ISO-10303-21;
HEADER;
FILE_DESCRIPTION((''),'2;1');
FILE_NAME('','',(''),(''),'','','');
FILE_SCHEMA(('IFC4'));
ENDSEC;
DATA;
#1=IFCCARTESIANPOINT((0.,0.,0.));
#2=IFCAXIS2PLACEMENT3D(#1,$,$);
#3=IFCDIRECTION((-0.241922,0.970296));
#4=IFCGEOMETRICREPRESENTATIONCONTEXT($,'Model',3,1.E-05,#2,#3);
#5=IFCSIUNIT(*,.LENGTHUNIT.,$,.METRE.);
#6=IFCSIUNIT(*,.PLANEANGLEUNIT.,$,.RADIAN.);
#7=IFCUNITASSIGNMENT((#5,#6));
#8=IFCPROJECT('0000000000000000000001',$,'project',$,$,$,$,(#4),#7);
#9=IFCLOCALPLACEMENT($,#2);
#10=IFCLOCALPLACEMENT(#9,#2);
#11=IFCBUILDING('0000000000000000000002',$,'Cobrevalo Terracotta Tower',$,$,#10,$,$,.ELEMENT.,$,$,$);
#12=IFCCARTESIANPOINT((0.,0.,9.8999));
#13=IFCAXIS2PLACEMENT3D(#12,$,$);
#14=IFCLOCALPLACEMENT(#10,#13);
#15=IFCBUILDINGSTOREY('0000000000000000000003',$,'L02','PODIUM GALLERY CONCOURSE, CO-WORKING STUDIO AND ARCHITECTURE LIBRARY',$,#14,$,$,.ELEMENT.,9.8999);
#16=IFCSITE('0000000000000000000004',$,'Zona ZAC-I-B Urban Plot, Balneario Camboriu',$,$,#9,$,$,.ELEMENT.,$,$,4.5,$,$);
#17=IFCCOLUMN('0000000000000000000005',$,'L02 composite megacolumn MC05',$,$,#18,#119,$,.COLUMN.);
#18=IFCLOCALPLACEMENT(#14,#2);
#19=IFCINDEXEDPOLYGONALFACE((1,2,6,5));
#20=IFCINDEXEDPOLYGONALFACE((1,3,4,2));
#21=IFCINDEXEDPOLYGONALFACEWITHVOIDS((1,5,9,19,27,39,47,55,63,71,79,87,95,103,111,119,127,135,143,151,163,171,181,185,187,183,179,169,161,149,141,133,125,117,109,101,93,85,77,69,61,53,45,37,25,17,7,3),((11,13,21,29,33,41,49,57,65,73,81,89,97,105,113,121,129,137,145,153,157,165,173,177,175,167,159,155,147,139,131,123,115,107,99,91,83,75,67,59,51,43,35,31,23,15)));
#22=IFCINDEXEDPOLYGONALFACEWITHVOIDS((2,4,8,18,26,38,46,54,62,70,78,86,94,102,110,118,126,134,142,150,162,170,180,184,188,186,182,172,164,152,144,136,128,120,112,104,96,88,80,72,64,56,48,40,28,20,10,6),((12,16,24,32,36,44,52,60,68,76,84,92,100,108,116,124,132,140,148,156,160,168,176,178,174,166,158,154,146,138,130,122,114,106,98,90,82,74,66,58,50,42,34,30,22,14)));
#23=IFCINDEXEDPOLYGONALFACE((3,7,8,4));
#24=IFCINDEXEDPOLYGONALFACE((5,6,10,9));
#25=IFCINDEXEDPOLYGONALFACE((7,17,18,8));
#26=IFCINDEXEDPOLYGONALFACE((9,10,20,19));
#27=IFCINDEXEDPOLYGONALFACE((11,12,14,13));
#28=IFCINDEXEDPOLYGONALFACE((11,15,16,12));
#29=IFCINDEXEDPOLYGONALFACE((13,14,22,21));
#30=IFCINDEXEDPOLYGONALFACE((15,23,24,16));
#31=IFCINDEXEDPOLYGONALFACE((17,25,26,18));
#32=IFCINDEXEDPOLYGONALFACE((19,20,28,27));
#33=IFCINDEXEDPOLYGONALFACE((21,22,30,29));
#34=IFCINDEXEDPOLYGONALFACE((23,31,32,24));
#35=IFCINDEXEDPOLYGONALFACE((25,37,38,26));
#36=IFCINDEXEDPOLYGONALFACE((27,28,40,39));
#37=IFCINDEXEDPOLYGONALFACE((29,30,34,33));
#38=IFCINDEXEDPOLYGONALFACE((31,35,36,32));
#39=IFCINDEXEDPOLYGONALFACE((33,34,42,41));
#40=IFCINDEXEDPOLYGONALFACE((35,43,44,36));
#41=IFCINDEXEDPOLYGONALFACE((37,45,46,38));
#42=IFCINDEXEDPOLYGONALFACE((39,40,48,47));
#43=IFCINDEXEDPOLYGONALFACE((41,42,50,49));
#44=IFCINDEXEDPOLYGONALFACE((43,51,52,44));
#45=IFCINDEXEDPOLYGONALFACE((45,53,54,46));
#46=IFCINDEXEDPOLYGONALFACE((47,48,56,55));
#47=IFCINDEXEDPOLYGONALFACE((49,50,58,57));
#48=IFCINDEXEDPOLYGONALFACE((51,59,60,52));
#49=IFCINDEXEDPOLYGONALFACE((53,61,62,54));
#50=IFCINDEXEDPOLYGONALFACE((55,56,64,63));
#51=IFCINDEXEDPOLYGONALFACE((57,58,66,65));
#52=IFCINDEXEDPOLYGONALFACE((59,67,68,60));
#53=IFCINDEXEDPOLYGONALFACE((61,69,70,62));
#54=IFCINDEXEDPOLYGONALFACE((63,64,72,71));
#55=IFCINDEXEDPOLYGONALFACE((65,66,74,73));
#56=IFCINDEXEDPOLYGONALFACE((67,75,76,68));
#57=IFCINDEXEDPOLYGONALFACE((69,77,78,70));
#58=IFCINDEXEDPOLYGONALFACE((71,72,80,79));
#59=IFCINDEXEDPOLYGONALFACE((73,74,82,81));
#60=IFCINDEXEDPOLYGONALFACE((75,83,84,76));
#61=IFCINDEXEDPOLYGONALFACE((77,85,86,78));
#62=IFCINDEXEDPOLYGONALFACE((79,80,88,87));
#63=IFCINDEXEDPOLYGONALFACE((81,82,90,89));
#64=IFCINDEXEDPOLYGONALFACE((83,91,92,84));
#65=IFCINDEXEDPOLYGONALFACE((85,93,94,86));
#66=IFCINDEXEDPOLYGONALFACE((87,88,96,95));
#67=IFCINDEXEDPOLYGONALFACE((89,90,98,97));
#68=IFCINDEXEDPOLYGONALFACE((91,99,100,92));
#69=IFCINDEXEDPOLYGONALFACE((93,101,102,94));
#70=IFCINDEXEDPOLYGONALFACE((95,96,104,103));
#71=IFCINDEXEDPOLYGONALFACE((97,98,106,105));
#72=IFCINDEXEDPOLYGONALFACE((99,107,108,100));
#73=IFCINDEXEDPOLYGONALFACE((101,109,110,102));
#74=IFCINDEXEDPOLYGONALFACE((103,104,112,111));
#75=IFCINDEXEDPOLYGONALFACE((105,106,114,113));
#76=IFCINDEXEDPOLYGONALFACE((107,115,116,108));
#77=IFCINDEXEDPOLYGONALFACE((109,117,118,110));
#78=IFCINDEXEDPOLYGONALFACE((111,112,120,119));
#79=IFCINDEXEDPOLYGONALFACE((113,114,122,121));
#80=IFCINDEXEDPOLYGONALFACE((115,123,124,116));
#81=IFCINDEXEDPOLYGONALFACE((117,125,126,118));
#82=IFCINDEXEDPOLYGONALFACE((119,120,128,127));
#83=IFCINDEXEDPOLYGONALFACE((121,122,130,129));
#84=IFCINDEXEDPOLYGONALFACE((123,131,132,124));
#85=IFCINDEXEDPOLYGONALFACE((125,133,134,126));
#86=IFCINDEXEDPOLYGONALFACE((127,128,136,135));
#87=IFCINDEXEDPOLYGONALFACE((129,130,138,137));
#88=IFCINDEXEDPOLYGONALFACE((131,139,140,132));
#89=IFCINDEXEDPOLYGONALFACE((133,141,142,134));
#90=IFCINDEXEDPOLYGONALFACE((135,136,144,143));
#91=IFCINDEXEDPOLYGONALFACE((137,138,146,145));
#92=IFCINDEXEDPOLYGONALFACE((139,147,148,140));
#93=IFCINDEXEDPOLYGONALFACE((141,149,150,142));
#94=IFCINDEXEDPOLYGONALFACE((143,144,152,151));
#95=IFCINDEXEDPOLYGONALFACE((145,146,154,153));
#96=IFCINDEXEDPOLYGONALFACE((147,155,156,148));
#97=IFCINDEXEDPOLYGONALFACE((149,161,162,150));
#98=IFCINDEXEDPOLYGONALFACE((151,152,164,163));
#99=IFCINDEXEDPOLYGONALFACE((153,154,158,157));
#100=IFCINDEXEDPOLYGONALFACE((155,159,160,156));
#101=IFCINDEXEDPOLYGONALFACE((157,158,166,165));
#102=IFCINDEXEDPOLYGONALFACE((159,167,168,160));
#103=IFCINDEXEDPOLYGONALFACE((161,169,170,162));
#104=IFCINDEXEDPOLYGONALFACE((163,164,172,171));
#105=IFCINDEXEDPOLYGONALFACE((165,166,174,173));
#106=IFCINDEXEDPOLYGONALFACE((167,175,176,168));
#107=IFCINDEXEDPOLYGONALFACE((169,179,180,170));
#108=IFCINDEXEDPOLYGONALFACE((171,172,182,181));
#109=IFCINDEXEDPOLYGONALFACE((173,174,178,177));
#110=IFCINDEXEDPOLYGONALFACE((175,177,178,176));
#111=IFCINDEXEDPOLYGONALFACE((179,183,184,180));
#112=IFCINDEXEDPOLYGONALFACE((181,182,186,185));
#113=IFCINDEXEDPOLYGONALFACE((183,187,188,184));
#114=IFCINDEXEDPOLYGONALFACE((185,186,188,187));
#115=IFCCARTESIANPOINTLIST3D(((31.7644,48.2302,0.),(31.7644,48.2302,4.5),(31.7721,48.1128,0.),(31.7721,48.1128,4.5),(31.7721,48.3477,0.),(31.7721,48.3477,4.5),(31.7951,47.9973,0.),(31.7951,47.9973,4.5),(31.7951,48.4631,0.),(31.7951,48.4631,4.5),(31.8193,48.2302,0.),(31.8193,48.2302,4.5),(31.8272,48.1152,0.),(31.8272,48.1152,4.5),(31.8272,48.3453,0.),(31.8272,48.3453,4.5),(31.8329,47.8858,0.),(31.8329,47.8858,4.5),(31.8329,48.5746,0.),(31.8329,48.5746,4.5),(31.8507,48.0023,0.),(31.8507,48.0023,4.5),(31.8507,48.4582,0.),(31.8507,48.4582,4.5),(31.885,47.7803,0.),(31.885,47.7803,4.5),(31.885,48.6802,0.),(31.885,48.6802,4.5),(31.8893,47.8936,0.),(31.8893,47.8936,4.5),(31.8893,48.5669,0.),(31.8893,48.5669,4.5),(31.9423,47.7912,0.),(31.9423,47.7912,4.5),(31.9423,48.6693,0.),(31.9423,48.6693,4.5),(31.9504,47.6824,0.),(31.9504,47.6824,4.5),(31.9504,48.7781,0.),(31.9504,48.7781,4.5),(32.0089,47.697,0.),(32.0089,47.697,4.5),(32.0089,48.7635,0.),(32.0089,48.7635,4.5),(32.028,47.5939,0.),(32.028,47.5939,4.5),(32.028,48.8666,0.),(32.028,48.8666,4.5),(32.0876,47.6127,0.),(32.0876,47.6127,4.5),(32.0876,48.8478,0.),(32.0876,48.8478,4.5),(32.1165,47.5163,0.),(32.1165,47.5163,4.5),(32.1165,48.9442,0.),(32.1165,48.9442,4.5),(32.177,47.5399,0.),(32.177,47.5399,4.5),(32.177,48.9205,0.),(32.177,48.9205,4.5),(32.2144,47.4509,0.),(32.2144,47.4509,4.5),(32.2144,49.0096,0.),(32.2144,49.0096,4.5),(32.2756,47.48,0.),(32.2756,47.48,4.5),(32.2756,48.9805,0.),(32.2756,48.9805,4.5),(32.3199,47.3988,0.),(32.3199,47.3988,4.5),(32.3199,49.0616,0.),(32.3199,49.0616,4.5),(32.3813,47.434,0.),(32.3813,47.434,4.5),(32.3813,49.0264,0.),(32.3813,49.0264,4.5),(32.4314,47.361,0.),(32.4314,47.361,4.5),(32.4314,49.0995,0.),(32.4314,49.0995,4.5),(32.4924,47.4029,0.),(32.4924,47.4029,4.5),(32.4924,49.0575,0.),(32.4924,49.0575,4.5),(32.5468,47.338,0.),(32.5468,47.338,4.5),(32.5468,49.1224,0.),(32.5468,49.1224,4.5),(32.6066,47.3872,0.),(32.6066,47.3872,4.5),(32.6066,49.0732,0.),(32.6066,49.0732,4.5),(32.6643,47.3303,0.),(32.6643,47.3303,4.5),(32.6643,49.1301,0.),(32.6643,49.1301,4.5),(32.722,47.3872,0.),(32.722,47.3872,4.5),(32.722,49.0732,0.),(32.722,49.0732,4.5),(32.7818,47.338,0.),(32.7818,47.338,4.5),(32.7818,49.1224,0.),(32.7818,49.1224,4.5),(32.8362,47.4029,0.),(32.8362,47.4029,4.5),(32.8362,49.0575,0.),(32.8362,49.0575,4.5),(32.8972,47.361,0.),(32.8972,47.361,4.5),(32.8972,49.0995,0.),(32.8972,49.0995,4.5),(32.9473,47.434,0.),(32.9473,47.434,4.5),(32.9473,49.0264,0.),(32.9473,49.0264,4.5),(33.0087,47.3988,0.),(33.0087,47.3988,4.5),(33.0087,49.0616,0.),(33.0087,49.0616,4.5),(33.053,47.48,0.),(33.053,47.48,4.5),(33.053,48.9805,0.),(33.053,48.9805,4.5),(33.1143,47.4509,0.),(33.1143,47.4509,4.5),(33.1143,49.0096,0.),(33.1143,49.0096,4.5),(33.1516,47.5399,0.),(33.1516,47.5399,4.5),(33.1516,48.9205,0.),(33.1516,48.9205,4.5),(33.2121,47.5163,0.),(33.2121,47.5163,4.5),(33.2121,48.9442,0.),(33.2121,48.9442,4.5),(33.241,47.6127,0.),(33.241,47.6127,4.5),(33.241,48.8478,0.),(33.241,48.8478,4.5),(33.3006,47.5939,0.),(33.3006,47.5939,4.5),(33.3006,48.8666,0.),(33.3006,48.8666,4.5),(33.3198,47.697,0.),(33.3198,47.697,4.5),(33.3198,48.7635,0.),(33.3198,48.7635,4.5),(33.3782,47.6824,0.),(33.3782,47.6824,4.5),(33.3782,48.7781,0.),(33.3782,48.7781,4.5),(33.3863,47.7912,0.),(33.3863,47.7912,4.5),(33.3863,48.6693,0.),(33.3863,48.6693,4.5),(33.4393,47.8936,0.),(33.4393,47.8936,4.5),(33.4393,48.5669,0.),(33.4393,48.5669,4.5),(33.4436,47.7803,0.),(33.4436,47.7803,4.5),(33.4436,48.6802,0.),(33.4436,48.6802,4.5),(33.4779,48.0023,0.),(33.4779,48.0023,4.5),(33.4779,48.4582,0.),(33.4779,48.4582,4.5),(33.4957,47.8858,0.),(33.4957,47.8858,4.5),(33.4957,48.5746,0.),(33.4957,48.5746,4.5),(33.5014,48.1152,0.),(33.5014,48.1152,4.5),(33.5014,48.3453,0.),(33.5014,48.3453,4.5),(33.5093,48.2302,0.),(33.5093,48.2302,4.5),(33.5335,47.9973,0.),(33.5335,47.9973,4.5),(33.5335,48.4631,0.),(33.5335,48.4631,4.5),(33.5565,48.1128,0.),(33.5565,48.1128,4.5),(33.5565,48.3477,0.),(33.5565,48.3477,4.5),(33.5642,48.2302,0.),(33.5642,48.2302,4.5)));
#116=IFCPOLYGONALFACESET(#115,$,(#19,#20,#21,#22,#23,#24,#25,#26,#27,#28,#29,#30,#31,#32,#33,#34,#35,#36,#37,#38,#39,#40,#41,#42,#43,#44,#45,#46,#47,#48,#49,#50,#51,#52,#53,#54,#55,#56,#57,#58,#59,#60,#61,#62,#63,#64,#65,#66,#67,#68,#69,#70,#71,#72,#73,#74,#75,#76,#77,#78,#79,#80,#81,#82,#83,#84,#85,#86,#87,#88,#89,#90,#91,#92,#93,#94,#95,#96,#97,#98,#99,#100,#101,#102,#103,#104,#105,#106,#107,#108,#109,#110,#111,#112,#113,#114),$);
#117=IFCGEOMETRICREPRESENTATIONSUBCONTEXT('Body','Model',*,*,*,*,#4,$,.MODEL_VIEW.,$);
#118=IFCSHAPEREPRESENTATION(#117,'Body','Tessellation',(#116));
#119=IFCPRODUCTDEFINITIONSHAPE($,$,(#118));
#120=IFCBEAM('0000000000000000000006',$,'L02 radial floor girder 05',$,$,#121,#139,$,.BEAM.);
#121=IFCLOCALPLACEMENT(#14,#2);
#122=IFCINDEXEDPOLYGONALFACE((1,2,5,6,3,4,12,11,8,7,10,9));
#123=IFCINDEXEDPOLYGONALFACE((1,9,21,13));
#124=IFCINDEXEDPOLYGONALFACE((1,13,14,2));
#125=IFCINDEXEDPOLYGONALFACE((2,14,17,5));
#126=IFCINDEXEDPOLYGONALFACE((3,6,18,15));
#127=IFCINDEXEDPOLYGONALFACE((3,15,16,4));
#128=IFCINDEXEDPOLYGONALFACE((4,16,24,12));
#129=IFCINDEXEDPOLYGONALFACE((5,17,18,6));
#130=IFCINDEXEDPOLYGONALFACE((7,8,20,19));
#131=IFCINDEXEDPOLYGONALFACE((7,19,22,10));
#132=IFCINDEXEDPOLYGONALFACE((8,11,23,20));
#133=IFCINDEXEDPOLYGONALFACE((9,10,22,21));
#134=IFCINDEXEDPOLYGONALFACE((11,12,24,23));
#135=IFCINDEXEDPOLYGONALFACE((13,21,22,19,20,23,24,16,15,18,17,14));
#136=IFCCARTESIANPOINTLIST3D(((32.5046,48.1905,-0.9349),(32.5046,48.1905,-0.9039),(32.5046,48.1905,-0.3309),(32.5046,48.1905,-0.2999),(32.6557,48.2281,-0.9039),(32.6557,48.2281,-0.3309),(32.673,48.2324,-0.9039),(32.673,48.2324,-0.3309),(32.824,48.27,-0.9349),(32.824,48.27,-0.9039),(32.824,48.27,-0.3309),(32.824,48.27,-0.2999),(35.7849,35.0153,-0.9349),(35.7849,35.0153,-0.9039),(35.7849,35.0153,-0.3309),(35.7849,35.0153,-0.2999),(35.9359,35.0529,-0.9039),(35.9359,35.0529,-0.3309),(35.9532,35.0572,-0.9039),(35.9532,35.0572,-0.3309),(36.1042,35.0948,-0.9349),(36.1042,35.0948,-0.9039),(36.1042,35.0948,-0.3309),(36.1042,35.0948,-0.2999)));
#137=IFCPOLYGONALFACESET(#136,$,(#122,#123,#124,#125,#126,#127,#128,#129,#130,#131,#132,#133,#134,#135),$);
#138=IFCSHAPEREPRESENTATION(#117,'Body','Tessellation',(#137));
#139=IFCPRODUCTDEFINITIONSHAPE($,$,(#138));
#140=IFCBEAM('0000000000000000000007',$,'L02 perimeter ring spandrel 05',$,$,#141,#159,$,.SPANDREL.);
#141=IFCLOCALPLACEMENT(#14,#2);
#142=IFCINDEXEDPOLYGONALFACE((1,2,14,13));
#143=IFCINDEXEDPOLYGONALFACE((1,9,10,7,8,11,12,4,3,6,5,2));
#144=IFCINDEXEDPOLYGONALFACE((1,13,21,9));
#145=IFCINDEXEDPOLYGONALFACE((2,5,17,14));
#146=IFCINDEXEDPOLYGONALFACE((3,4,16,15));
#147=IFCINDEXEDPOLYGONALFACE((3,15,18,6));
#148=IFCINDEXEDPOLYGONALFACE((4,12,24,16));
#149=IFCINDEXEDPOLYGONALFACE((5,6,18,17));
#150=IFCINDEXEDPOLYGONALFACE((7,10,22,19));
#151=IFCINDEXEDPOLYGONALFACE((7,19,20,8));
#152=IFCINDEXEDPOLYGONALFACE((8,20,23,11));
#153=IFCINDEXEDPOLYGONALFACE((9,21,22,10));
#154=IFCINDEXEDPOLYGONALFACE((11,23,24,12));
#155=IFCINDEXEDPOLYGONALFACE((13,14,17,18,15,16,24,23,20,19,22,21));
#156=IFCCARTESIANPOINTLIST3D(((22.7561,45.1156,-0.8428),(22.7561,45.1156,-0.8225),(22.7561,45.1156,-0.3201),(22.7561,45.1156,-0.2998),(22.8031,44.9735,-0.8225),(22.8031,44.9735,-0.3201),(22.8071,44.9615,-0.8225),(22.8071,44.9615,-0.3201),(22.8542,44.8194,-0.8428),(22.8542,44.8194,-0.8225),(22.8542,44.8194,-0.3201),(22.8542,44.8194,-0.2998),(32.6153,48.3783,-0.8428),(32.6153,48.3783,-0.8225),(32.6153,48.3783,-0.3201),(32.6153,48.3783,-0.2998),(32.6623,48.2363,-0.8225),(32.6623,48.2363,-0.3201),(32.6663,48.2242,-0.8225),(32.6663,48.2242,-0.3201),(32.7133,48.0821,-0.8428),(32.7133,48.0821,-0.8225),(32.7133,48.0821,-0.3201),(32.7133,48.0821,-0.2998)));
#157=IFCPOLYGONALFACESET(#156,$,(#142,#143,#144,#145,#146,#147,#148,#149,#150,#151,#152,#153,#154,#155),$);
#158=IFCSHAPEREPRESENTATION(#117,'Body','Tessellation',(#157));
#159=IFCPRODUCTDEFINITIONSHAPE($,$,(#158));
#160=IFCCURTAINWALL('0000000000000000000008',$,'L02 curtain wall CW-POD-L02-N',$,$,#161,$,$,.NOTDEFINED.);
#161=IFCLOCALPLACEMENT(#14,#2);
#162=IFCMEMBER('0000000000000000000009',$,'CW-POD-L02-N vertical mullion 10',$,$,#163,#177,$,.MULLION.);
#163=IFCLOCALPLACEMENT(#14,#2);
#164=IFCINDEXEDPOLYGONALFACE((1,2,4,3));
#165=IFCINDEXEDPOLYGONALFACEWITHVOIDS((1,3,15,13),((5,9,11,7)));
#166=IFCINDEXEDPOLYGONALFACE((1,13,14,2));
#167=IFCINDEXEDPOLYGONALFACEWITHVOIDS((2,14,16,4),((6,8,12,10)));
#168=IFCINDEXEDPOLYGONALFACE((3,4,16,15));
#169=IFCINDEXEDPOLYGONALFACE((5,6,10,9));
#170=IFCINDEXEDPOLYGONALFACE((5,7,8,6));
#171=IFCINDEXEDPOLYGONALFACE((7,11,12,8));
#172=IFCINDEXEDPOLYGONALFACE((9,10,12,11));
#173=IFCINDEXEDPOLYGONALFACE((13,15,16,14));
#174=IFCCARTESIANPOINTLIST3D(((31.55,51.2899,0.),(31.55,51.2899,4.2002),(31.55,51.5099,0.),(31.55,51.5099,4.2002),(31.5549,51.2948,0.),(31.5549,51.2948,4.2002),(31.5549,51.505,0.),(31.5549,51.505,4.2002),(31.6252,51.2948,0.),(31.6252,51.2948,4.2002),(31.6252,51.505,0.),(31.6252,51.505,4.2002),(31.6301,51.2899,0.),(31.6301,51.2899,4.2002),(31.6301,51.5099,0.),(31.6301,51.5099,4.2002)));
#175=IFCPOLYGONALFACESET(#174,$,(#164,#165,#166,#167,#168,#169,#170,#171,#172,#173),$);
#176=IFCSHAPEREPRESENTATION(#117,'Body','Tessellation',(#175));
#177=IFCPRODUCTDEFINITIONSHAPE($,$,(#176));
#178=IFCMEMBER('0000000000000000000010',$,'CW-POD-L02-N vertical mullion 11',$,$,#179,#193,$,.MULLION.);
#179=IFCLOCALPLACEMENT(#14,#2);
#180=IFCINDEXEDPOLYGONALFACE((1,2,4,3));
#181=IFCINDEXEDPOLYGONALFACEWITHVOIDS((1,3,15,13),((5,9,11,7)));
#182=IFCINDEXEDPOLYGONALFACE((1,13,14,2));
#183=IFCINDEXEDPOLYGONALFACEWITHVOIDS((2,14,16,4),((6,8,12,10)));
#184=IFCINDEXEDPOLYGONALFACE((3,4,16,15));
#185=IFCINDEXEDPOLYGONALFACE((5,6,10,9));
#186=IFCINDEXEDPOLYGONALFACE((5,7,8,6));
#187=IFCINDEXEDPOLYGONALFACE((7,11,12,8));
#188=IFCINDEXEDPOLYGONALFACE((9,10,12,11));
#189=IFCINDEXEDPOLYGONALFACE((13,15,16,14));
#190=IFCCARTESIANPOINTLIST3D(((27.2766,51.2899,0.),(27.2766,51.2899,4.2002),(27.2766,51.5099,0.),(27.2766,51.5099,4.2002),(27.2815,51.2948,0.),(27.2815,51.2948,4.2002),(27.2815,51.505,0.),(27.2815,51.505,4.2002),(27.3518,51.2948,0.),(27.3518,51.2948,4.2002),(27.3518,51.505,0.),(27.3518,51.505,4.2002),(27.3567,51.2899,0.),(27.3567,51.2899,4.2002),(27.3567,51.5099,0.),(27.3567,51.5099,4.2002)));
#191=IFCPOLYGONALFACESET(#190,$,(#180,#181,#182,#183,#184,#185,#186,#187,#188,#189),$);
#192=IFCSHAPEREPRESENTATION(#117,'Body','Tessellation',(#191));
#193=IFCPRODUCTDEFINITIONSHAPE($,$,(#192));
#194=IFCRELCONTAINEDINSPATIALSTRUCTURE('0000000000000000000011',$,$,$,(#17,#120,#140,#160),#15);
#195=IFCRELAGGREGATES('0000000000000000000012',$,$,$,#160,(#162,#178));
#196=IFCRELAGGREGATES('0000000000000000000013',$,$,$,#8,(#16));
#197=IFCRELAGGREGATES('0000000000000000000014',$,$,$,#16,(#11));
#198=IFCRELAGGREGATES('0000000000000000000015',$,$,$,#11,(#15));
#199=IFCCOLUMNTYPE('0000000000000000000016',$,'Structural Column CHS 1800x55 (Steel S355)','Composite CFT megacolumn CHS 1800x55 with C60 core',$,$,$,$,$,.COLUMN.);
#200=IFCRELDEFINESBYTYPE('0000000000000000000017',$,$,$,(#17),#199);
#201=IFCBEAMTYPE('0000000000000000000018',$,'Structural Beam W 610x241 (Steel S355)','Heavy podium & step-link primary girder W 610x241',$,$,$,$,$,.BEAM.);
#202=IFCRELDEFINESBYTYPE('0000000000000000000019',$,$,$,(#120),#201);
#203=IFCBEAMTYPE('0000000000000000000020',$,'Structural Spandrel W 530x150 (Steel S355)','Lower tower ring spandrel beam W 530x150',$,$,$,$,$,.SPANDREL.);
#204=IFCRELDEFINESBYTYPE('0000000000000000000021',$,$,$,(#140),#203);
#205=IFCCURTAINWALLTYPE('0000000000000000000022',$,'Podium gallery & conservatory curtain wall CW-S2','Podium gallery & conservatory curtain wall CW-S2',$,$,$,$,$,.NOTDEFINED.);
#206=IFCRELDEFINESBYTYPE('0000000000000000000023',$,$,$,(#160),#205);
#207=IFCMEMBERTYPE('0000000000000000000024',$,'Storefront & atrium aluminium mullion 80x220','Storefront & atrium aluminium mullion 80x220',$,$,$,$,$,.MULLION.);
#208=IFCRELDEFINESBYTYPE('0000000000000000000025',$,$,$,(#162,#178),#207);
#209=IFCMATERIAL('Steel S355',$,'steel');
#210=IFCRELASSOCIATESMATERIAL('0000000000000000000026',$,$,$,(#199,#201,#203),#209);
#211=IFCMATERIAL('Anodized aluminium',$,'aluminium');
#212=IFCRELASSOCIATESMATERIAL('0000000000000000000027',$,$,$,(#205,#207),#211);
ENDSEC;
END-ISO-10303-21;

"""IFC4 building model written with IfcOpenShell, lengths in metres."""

from ifc_helpers import new_model, si_unit, direction, frame, origin, origin_2d, place, context, subcontext, project, spatial, hollow_rectangle, hollow_circle, i_section, extrude, source, transform, mapped, material, material_profile, profile_set, type_object, element, aggregate, save


model = new_model("IFC4")

# Units and contexts
model_context = context("Model", 3, precision=1e-05, world=origin(), true_north=direction((-0.241922, 0.970296)))
body_context = subcontext(model_context, "Body", "Model", "MODEL_VIEW")
ifc_project = project(units=[si_unit("LENGTHUNIT", "METRE"), si_unit("PLANEANGLEUNIT", "RADIAN")], contexts=[model_context])

# Site, building, storey
site_placement = place(None, origin())
site = spatial("IfcSite", under=ifc_project, at=site_placement, Name="Zona ZAC-I-B Urban Plot, Balneario Camboriu", CompositionType="ELEMENT", RefElevation=4.5)
building_placement = place(site_placement, origin())
building = spatial("IfcBuilding", under=site, at=building_placement, Name="Cobrevalo Terracotta Tower", CompositionType="ELEMENT")
storey_placement = place(building_placement, frame((0.0, 0.0, 9.8999)))
storey = spatial("IfcBuildingStorey", under=building, at=storey_placement, Name="L02", Description="PODIUM GALLERY CONCOURSE, CO-WORKING STUDIO AND ARCHITECTURE LIBRARY", CompositionType="ELEMENT", Elevation=9.8999)

# Column
ifc_material_1 = material(Name="Steel S355", Category="steel")
ifc_material_profile_1 = material_profile(ifc_material_1, hollow_circle(Radius=0.8999, WallThickness=0.0549, at=origin_2d()), Name="CHS 1800x55")
ifc_profile_set_1 = profile_set([ifc_material_profile_1], Name="Steel S355")
column_type = type_object("IfcColumnType", Name="Structural Column CHS 1800x55 (Steel S355)", Description="Composite CFT megacolumn CHS 1800x55 with C60 core", PredefinedType="COLUMN", material=ifc_profile_set_1)
column_placement = place(storey_placement, frame((32.6643, 48.2302, 0.0), z_axis=(0.0, 0.0, 1.0), x_axis=(1.0, 0.0, 0.0)))
element("IfcColumn", 1, at=column_placement, inside=storey, type_object=column_type, Name="L02 composite megacolumn MC05", PredefinedType="COLUMN", context=body_context, shape_type="SweptSolid", body=[
    extrude(hollow_circle(Radius=0.8999, WallThickness=0.0549, at=origin_2d()), origin(), (0.0, 0.0, 1.0), 4.5),
])

# Beams
ifc_material_profile_2 = material_profile(ifc_material_1, i_section(OverallWidth=0.3291, OverallDepth=0.635, WebThickness=0.0178, FlangeThickness=0.031, at=origin_2d()), Name="W 610x241")
ifc_profile_set_2 = profile_set([ifc_material_profile_2], Name="Steel S355")
beam_type_1 = type_object("IfcBeamType", Name="Structural Beam W 610x241 (Steel S355)", Description="Heavy podium & step-link primary girder W 610x241", PredefinedType="BEAM", material=ifc_profile_set_2)
beam_1_placement = place(storey_placement, frame((32.6643, 48.2302, -0.6174), z_axis=(0.241596, -0.970377, 0.0), x_axis=(0.970377, 0.241596, 0.0)))
element("IfcBeam", 2, at=beam_1_placement, inside=storey, type_object=beam_type_1, Name="L02 radial floor girder 05", PredefinedType="BEAM", context=body_context, shape_type="SweptSolid", body=[
    extrude(i_section(OverallWidth=0.3291, OverallDepth=0.635, WebThickness=0.0178, FlangeThickness=0.031, at=origin_2d()), origin(), (0.0, 0.0, 1.0), 13.5774),
])
ifc_material_profile_3 = material_profile(ifc_material_1, i_section(OverallWidth=0.312, OverallDepth=0.543, WebThickness=0.0127, FlangeThickness=0.0203, at=origin_2d()), Name="W 530x150")
ifc_profile_set_3 = profile_set([ifc_material_profile_3], Name="Steel S355")
beam_type_2 = type_object("IfcBeamType", Name="Structural Spandrel W 530x150 (Steel S355)", Description="Lower tower ring spandrel beam W 530x150", PredefinedType="SPANDREL", material=ifc_profile_set_3)
beam_2_placement = place(storey_placement, frame((32.6643, 48.2302, -0.5713), z_axis=(-0.949365, -0.314175, 0.0), x_axis=(0.314175, -0.949365, 0.0)))
element("IfcBeam", 3, at=beam_2_placement, inside=storey, type_object=beam_type_2, Name="L02 perimeter ring spandrel 05", PredefinedType="SPANDREL", context=body_context, shape_type="SweptSolid", body=[
    extrude(i_section(OverallWidth=0.312, OverallDepth=0.543, WebThickness=0.0127, FlangeThickness=0.0203, at=origin_2d()), origin(), (0.0, 0.0, 1.0), 10.385),
])

# Curtain wall, members
ifc_material_2 = material(Name="Anodized aluminium", Category="aluminium")
curtain_wall_type = type_object("IfcCurtainWallType", Name="Podium gallery & conservatory curtain wall CW-S2", Description="Podium gallery & conservatory curtain wall CW-S2", PredefinedType="NOTDEFINED", material=ifc_material_2)
curtain_wall_placement = place(storey_placement, origin())
curtain_wall = element("IfcCurtainWall", 4, at=curtain_wall_placement, inside=storey, type_object=curtain_wall_type, Name="L02 curtain wall CW-POD-L02-N", PredefinedType="NOTDEFINED")
ifc_material_profile_4 = material_profile(ifc_material_2, hollow_rectangle(XDim=0.0801, YDim=0.22, WallThickness=0.0049, at=origin_2d()), Name="CWM 80x220")
ifc_profile_set_4 = profile_set([ifc_material_profile_4], Name="Anodized aluminium")
member_type_1 = type_object("IfcMemberType", Name="Storefront & atrium aluminium mullion 80x220", Description="Storefront & atrium aluminium mullion 80x220", PredefinedType="MULLION", material=ifc_profile_set_4)
shared_shape_1 = source(origin(), body_context, "Body", "SweptSolid", [
    extrude(hollow_rectangle(XDim=0.0801, YDim=0.22, WallThickness=0.0049, at=origin_2d()), origin(), (0.0, 0.0, 1.0), 4.2002),
])
member_1_placement = place(storey_placement, frame((31.5901, 51.3999, 0.0), z_axis=(0.0, 0.0, 1.0), x_axis=(-1.0, 0.0, 0.0)))
member_1 = element("IfcMember", 5, at=member_1_placement, type_object=member_type_1, Name="CW-POD-L02-N vertical mullion 10", PredefinedType="MULLION", context=body_context, shape_type="MappedRepresentation", body=[
    mapped(shared_shape_1, transform((0.0, 0.0, 0.0), scale=1.0)),
])
member_2_placement = place(storey_placement, frame((27.3167, 51.3999, 0.0), z_axis=(0.0, 0.0, 1.0), x_axis=(-1.0, 0.0, 0.0)))
member_2 = element("IfcMember", 6, at=member_2_placement, type_object=member_type_1, Name="CW-POD-L02-N vertical mullion 11", PredefinedType="MULLION", context=body_context, shape_type="MappedRepresentation", body=[
    mapped(shared_shape_1, transform((0.0, 0.0, 0.0), scale=1.0)),
])
aggregate(curtain_wall, [member_1, member_2])

save(model, "model.ifc")
